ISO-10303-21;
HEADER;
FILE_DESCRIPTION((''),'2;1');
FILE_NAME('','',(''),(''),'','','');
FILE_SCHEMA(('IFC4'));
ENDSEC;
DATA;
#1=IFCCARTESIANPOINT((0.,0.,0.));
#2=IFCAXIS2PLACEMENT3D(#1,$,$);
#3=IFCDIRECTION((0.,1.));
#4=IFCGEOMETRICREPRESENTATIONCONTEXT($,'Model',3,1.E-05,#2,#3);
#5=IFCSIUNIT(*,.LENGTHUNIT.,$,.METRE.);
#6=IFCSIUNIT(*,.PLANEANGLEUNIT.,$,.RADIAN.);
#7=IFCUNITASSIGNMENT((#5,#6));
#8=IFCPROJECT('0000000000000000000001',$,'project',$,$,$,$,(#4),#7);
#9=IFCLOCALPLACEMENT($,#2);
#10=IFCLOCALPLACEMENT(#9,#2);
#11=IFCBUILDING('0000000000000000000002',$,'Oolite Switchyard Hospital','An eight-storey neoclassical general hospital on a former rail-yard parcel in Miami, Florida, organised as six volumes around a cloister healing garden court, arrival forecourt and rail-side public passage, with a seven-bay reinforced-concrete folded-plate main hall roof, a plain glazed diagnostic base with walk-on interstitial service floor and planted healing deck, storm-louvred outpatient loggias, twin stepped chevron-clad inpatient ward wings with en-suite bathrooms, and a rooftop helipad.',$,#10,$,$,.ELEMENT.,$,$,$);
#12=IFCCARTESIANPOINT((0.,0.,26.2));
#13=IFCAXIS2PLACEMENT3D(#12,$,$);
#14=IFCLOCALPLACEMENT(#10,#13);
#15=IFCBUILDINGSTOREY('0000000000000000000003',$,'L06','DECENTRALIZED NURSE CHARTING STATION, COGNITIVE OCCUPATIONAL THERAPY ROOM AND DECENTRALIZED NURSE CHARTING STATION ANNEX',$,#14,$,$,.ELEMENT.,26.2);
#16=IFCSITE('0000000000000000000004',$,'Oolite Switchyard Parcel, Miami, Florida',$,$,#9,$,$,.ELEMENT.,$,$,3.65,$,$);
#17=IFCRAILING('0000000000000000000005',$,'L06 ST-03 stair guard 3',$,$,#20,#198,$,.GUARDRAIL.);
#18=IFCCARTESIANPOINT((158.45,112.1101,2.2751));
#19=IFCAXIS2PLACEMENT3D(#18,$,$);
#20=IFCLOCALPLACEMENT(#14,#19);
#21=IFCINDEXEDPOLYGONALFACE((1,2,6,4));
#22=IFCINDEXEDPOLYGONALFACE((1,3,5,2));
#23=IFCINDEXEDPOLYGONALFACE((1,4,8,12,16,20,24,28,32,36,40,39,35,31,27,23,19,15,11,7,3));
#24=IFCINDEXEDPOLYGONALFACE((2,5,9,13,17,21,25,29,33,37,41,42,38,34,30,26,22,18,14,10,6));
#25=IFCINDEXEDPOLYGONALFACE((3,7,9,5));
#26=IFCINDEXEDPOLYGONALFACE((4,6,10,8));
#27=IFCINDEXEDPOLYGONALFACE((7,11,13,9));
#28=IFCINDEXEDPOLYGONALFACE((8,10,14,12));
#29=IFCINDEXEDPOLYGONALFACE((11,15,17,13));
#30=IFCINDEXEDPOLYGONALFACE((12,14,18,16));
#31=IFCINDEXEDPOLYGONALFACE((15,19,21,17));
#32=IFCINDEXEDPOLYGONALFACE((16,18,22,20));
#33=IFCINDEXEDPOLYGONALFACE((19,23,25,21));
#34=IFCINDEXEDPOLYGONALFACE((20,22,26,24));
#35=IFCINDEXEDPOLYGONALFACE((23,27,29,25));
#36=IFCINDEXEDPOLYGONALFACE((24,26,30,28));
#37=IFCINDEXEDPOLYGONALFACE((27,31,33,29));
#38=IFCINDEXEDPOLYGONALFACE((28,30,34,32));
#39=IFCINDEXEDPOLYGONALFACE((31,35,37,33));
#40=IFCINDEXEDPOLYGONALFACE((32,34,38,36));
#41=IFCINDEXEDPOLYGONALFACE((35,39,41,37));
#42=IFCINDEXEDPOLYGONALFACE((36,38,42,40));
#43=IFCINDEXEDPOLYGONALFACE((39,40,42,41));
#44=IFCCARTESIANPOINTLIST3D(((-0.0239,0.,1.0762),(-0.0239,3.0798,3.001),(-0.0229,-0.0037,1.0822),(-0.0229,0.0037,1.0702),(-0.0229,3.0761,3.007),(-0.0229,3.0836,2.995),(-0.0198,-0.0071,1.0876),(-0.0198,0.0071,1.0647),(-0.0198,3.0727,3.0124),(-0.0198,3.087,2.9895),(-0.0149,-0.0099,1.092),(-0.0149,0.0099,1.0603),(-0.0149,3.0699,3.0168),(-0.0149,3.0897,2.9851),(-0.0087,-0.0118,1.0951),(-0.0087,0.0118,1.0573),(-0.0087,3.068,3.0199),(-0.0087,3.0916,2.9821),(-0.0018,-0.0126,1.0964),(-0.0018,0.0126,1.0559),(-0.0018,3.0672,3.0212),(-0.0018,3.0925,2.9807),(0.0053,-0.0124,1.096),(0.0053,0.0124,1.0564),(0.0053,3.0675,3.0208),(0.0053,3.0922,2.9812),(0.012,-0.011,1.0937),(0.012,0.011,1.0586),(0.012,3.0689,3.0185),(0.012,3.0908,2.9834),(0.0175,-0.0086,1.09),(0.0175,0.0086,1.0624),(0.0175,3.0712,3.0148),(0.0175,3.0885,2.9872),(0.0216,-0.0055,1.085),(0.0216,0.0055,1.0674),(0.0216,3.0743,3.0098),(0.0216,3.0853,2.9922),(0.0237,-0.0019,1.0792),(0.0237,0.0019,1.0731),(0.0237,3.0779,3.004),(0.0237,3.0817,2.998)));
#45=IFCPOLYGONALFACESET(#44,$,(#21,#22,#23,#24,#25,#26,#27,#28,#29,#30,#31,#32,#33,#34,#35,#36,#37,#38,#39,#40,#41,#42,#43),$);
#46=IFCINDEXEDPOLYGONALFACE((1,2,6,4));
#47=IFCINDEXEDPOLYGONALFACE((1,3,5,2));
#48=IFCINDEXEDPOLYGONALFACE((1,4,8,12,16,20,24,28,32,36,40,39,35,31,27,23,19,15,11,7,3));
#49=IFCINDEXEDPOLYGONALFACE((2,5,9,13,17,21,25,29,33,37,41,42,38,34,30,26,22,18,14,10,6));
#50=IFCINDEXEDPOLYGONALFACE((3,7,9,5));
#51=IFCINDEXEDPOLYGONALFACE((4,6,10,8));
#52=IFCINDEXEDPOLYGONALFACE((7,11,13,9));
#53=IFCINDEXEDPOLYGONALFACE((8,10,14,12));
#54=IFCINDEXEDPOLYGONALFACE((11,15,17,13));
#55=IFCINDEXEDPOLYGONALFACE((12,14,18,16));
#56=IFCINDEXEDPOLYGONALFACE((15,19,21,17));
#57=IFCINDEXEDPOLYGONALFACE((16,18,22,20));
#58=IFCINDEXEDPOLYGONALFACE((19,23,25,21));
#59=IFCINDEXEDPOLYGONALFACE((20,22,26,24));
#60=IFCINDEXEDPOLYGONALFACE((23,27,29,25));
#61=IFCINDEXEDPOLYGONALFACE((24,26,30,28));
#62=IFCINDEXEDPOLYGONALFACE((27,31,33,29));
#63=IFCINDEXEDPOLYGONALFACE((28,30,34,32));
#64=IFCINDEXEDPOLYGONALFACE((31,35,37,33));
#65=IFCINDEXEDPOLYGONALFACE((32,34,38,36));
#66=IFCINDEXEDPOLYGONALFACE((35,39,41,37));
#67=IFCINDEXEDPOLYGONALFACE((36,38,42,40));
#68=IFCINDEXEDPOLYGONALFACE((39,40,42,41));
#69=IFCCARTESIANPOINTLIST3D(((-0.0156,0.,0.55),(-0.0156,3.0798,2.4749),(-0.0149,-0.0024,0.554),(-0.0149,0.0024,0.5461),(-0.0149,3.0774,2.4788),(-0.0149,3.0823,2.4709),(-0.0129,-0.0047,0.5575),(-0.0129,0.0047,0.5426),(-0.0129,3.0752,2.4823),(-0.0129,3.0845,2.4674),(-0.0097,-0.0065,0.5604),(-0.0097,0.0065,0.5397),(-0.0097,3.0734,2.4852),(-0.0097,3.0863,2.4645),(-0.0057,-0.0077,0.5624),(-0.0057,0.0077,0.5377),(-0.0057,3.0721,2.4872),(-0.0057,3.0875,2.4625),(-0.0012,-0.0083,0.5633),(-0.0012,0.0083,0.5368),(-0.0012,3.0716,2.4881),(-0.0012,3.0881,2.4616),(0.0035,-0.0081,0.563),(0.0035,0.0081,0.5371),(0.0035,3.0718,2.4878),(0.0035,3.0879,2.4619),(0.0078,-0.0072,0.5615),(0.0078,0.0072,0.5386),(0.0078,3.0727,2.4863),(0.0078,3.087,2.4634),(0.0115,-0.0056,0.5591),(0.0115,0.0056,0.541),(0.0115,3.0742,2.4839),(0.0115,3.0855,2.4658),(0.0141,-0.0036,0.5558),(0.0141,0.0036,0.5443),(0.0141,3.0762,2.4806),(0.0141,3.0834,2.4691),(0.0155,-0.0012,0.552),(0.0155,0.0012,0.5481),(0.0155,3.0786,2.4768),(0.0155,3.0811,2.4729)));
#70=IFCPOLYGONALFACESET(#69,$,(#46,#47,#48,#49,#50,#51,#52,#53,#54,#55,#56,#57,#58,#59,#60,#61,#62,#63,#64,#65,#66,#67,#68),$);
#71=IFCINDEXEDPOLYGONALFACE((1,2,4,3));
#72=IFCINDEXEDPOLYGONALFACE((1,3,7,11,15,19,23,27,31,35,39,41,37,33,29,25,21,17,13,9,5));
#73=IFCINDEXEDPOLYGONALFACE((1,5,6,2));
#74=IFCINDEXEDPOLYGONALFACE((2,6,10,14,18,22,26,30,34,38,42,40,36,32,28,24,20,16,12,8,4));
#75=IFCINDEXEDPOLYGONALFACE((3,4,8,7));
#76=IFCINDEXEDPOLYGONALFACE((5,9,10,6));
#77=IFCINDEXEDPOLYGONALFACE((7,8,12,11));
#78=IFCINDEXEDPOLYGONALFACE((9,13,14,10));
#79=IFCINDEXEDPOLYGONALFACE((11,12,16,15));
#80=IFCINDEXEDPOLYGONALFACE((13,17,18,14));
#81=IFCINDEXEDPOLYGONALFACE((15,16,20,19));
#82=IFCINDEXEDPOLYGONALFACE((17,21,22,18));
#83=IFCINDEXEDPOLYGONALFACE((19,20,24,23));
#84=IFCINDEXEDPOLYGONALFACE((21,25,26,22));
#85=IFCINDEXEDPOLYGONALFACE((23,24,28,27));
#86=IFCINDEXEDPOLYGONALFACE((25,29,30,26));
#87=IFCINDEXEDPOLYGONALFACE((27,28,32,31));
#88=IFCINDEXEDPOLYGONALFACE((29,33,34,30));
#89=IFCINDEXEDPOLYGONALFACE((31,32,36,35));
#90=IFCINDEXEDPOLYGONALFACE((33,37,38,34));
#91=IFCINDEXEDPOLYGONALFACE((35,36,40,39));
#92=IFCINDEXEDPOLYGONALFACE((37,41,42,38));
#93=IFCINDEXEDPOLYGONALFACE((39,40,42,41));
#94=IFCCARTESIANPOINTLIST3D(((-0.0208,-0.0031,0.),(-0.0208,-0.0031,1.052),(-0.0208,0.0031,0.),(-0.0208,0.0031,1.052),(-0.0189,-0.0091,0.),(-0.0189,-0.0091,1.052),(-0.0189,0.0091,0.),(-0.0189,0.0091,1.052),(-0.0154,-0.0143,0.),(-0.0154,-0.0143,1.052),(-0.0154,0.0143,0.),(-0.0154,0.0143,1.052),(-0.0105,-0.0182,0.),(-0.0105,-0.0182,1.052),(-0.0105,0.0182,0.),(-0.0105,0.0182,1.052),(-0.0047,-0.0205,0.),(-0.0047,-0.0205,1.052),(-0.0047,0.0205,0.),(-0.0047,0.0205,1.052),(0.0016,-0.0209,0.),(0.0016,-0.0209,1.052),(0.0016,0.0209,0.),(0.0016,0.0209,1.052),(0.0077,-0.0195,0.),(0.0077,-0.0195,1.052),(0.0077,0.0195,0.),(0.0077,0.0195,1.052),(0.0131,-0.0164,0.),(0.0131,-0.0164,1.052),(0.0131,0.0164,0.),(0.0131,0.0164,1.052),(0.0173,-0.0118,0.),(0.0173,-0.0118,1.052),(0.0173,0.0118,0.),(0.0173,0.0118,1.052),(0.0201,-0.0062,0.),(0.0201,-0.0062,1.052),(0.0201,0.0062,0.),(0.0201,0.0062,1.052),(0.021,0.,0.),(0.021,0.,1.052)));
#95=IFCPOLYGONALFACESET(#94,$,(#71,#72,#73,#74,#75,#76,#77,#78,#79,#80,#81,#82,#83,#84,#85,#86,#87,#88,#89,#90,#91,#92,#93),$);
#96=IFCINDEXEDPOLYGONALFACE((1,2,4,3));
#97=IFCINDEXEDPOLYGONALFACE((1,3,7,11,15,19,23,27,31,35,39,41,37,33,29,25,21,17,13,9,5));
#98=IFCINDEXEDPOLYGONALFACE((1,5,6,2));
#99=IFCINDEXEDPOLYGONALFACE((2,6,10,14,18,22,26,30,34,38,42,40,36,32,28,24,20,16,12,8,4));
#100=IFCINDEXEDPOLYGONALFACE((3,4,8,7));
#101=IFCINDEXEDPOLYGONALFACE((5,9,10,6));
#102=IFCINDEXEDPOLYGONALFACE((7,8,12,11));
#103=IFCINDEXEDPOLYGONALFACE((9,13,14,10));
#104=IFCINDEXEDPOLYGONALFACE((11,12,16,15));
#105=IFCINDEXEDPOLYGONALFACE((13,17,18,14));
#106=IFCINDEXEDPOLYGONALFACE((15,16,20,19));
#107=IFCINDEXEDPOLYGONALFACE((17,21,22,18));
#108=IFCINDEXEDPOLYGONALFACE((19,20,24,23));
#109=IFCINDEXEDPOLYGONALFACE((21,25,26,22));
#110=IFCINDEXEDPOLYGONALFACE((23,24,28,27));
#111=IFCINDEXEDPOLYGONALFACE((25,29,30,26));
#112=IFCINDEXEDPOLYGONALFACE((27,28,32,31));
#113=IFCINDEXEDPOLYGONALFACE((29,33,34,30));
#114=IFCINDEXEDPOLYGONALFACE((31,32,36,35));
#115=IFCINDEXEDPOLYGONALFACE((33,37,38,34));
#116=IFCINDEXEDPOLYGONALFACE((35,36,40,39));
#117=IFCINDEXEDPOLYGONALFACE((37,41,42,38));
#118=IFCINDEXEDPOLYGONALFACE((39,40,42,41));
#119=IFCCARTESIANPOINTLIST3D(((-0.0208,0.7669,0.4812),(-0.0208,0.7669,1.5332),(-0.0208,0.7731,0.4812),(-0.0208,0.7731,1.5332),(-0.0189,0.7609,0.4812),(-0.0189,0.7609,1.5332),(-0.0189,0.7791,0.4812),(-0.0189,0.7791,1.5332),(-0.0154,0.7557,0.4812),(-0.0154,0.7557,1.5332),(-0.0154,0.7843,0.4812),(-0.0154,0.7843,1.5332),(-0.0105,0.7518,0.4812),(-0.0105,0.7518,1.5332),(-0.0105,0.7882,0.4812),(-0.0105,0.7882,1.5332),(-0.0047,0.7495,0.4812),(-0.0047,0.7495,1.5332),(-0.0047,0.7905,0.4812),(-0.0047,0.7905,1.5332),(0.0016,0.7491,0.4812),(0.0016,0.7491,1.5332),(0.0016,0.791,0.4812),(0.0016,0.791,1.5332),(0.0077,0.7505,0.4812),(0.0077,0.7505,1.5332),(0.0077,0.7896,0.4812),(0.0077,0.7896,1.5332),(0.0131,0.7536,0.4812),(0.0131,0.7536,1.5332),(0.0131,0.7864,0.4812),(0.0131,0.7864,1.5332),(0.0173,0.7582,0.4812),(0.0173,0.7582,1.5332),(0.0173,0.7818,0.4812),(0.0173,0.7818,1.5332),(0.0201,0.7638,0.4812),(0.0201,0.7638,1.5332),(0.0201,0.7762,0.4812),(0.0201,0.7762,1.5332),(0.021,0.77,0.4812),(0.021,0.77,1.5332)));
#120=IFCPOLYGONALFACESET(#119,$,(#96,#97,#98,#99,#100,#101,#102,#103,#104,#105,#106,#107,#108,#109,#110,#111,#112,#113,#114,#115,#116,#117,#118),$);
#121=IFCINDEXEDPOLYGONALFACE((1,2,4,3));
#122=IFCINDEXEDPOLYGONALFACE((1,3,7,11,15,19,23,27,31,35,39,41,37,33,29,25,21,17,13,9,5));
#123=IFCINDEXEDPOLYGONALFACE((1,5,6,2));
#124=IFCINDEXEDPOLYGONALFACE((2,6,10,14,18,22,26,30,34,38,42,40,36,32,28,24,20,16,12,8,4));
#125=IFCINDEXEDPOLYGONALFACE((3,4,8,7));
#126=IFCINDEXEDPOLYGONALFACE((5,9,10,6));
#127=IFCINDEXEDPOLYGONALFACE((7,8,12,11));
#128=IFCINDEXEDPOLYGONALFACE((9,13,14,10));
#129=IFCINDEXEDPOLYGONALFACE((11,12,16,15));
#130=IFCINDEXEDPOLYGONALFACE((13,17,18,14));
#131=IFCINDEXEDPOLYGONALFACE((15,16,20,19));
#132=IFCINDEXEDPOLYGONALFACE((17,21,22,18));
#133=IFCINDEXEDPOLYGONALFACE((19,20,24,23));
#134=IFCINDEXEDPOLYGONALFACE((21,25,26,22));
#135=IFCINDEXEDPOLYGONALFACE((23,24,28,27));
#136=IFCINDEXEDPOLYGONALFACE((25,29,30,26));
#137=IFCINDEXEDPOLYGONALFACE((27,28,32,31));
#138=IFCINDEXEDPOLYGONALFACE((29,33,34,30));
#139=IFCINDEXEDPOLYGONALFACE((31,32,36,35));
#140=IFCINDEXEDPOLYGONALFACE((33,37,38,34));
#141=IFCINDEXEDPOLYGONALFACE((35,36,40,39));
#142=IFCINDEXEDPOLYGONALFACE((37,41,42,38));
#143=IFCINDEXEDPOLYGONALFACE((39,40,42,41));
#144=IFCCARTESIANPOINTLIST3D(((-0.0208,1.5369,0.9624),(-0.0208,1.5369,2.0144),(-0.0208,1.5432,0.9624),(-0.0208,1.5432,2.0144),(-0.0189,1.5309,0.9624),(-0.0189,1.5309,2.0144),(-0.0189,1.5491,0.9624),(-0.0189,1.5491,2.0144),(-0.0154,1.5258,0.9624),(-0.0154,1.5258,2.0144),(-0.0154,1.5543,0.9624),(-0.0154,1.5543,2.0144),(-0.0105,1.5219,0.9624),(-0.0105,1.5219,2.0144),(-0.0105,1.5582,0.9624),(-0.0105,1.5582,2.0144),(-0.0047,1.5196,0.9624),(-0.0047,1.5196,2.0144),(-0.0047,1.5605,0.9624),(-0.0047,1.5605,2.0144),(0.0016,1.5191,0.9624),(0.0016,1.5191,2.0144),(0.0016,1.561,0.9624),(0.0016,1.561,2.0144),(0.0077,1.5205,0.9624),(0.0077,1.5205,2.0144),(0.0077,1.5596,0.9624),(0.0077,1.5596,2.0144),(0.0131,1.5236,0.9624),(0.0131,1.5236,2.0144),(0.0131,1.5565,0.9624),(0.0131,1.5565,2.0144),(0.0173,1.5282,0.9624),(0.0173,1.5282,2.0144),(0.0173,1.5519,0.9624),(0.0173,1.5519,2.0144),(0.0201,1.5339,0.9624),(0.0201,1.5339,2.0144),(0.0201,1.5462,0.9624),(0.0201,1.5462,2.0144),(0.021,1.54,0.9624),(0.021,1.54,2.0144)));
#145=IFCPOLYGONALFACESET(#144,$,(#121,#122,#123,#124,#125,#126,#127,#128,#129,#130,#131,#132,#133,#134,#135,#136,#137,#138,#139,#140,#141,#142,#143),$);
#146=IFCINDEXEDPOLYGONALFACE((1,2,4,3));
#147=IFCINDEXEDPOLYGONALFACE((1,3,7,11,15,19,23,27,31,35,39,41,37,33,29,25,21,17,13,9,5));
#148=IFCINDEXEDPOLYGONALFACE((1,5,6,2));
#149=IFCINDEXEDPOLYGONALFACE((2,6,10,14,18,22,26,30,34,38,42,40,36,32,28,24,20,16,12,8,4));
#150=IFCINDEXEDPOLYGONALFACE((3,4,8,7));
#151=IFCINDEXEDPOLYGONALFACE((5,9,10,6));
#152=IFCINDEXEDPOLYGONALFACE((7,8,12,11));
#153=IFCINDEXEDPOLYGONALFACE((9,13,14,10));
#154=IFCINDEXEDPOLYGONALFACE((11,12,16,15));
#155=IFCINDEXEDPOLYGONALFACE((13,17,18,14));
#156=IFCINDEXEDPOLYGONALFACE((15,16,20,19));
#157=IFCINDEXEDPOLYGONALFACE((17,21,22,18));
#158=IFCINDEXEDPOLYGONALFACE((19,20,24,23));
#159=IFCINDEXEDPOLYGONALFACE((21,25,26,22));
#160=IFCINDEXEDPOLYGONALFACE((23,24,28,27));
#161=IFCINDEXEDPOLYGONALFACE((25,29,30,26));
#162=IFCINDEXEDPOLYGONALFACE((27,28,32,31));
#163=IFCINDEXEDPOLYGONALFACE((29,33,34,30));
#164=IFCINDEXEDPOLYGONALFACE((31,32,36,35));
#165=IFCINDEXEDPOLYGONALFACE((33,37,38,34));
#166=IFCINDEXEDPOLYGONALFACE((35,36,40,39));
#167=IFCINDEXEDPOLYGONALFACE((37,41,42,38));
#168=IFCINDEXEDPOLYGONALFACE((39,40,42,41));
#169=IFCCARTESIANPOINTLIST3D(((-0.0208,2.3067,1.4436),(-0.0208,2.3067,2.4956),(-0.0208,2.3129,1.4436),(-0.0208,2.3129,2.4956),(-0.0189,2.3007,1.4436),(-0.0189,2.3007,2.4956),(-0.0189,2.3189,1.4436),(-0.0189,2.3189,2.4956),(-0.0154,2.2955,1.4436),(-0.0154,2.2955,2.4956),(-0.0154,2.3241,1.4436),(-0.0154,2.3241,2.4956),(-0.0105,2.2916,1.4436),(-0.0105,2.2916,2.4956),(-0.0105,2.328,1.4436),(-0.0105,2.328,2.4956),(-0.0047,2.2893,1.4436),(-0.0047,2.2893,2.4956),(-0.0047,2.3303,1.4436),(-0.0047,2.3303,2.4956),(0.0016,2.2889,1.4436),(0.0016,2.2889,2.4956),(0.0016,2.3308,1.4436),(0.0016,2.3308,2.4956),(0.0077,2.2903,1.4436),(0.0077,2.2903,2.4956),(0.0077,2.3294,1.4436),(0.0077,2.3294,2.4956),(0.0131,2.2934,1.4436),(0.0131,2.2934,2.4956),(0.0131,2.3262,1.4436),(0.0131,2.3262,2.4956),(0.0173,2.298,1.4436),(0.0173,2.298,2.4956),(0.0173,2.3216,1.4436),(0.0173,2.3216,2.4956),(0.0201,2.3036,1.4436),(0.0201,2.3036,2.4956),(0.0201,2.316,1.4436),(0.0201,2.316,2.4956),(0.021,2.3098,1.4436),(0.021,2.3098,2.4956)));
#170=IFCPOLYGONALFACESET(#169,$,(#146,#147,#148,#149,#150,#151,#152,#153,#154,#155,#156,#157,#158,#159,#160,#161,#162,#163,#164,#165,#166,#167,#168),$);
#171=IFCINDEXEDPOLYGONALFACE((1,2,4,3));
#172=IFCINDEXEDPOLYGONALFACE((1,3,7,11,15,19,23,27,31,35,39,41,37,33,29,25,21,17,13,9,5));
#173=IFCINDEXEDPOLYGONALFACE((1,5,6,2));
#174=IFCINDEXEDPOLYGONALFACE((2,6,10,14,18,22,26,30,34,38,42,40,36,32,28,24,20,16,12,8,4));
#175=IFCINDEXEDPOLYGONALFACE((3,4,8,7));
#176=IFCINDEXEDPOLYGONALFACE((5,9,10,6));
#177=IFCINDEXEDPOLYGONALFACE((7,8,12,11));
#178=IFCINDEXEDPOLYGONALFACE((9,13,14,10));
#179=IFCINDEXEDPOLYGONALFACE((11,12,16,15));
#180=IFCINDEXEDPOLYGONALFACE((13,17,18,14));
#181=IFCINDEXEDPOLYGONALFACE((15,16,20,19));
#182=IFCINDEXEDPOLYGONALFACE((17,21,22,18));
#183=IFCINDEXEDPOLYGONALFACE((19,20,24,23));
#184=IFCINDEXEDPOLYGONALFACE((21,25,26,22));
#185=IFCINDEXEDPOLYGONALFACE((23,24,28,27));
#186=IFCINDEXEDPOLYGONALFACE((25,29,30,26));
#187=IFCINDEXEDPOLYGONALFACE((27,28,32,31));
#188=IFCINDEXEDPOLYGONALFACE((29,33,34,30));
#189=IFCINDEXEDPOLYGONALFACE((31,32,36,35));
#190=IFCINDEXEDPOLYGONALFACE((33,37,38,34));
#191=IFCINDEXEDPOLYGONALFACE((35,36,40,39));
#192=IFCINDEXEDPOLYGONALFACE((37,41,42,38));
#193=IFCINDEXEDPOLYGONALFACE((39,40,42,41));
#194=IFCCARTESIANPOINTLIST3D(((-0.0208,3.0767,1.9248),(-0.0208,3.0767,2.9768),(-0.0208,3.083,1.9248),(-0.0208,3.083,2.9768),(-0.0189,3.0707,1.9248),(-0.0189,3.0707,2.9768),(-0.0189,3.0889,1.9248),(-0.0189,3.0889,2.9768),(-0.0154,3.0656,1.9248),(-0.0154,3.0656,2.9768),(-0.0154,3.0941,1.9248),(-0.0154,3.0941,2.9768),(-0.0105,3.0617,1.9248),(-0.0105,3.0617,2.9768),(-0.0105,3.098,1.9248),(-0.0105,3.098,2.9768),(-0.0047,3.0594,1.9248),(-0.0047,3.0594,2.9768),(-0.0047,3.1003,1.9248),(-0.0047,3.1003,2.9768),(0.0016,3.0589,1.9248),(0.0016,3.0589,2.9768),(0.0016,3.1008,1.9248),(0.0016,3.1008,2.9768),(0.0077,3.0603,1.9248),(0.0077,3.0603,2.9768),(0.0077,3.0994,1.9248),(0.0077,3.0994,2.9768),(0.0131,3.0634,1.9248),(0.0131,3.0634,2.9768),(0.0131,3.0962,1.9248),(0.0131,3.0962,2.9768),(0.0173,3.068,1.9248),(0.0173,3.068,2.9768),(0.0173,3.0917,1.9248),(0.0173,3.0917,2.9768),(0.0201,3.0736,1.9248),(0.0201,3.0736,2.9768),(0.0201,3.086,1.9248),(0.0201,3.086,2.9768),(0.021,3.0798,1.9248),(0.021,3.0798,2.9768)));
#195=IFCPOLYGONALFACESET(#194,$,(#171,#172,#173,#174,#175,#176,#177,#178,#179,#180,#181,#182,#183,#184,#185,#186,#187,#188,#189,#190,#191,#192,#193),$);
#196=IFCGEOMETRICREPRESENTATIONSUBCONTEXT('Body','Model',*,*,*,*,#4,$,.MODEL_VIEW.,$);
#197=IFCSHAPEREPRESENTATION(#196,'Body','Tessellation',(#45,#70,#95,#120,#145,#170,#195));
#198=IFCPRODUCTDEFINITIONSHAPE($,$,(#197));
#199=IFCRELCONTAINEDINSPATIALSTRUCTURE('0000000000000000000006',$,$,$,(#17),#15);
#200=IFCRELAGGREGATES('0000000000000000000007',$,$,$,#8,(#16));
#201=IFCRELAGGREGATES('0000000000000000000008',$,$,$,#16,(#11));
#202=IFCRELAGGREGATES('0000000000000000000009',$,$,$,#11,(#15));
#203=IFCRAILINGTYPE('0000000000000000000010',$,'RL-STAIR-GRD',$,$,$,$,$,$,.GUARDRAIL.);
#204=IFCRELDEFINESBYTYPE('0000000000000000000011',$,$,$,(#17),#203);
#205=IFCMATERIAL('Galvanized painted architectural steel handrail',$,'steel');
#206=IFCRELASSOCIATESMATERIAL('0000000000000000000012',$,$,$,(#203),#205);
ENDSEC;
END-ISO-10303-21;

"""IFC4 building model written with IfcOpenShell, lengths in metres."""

from ifc_helpers import new_model, si_unit, direction, frame, origin, origin_2d, place, context, subcontext, project, spatial, circle, extrude, material, type_object, element, save


model = new_model("IFC4")

# Units and contexts
model_context = context("Model", 3, precision=1e-05, world=origin(), true_north=direction((0.0, 1.0)))
body_context = subcontext(model_context, "Body", "Model", "MODEL_VIEW")
ifc_project = project(units=[si_unit("LENGTHUNIT", "METRE"), si_unit("PLANEANGLEUNIT", "RADIAN")], contexts=[model_context])

# Site, building, storey
site_placement = place(None, origin())
site = spatial("IfcSite", under=ifc_project, at=site_placement, Name="Oolite Switchyard Parcel, Miami, Florida", CompositionType="ELEMENT", RefElevation=3.65)
building_placement = place(site_placement, origin())
building = spatial("IfcBuilding", under=site, at=building_placement, Name="Oolite Switchyard Hospital", Description="An eight-storey neoclassical general hospital on a former rail-yard parcel in Miami, Florida, organised as six volumes around a cloister healing garden court, arrival forecourt and rail-side public passage, with a seven-bay reinforced-concrete folded-plate main hall roof, a plain glazed diagnostic base with walk-on interstitial service floor and planted healing deck, storm-louvred outpatient loggias, twin stepped chevron-clad inpatient ward wings with en-suite bathrooms, and a rooftop helipad.", CompositionType="ELEMENT")
storey_placement = place(building_placement, frame((0.0, 0.0, 26.2)))
storey = spatial("IfcBuildingStorey", under=building, at=storey_placement, Name="L06", Description="DECENTRALIZED NURSE CHARTING STATION, COGNITIVE OCCUPATIONAL THERAPY ROOM AND DECENTRALIZED NURSE CHARTING STATION ANNEX", CompositionType="ELEMENT", Elevation=26.2)

# Railing
ifc_material_1 = material(Name="Galvanized painted architectural steel handrail", Category="steel")
railing_type = type_object("IfcRailingType", Name="RL-STAIR-GRD", PredefinedType="GUARDRAIL", material=ifc_material_1)
railing_1_placement = place(storey_placement, frame((158.45, 112.1101, 2.2751)))
element("IfcRailing", 1, at=railing_1_placement, inside=storey, type_object=railing_type, Name="L06 ST-03 stair guard 3", PredefinedType="GUARDRAIL", context=body_context, shape_type="SweptSolid", body=[
    extrude(circle(Radius=0.0239, at=origin_2d()), frame((0.0, 0.0, 1.0762), z_axis=(0.0, 0.84801, 0.529981), x_axis=(-1.0, 0.0, 0.0)), (0.0, 0.0, 1.0), 3.6318),
    extrude(circle(Radius=0.0156, at=origin_2d()), frame((0.0, 0.0, 0.55), z_axis=(0.0, 0.84801, 0.529981), x_axis=(-1.0, 0.0, 0.0)), (0.0, 0.0, 1.0), 3.6318),
    extrude(circle(Radius=0.021, at=origin_2d()), origin(), (0.0, 0.0, 1.0), 1.052),
    extrude(circle(Radius=0.021, at=origin_2d()), frame((0.0, 0.77, 0.4812)), (0.0, 0.0, 1.0), 1.052),
    extrude(circle(Radius=0.021, at=origin_2d()), frame((0.0, 1.54, 0.9624)), (0.0, 0.0, 1.0), 1.052),
    extrude(circle(Radius=0.021, at=origin_2d()), frame((0.0, 2.3098, 1.4436)), (0.0, 0.0, 1.0), 1.052),
    extrude(circle(Radius=0.021, at=origin_2d()), frame((0.0, 3.0798, 1.9248)), (0.0, 0.0, 1.0), 1.052),
])

save(model, "model.ifc")
